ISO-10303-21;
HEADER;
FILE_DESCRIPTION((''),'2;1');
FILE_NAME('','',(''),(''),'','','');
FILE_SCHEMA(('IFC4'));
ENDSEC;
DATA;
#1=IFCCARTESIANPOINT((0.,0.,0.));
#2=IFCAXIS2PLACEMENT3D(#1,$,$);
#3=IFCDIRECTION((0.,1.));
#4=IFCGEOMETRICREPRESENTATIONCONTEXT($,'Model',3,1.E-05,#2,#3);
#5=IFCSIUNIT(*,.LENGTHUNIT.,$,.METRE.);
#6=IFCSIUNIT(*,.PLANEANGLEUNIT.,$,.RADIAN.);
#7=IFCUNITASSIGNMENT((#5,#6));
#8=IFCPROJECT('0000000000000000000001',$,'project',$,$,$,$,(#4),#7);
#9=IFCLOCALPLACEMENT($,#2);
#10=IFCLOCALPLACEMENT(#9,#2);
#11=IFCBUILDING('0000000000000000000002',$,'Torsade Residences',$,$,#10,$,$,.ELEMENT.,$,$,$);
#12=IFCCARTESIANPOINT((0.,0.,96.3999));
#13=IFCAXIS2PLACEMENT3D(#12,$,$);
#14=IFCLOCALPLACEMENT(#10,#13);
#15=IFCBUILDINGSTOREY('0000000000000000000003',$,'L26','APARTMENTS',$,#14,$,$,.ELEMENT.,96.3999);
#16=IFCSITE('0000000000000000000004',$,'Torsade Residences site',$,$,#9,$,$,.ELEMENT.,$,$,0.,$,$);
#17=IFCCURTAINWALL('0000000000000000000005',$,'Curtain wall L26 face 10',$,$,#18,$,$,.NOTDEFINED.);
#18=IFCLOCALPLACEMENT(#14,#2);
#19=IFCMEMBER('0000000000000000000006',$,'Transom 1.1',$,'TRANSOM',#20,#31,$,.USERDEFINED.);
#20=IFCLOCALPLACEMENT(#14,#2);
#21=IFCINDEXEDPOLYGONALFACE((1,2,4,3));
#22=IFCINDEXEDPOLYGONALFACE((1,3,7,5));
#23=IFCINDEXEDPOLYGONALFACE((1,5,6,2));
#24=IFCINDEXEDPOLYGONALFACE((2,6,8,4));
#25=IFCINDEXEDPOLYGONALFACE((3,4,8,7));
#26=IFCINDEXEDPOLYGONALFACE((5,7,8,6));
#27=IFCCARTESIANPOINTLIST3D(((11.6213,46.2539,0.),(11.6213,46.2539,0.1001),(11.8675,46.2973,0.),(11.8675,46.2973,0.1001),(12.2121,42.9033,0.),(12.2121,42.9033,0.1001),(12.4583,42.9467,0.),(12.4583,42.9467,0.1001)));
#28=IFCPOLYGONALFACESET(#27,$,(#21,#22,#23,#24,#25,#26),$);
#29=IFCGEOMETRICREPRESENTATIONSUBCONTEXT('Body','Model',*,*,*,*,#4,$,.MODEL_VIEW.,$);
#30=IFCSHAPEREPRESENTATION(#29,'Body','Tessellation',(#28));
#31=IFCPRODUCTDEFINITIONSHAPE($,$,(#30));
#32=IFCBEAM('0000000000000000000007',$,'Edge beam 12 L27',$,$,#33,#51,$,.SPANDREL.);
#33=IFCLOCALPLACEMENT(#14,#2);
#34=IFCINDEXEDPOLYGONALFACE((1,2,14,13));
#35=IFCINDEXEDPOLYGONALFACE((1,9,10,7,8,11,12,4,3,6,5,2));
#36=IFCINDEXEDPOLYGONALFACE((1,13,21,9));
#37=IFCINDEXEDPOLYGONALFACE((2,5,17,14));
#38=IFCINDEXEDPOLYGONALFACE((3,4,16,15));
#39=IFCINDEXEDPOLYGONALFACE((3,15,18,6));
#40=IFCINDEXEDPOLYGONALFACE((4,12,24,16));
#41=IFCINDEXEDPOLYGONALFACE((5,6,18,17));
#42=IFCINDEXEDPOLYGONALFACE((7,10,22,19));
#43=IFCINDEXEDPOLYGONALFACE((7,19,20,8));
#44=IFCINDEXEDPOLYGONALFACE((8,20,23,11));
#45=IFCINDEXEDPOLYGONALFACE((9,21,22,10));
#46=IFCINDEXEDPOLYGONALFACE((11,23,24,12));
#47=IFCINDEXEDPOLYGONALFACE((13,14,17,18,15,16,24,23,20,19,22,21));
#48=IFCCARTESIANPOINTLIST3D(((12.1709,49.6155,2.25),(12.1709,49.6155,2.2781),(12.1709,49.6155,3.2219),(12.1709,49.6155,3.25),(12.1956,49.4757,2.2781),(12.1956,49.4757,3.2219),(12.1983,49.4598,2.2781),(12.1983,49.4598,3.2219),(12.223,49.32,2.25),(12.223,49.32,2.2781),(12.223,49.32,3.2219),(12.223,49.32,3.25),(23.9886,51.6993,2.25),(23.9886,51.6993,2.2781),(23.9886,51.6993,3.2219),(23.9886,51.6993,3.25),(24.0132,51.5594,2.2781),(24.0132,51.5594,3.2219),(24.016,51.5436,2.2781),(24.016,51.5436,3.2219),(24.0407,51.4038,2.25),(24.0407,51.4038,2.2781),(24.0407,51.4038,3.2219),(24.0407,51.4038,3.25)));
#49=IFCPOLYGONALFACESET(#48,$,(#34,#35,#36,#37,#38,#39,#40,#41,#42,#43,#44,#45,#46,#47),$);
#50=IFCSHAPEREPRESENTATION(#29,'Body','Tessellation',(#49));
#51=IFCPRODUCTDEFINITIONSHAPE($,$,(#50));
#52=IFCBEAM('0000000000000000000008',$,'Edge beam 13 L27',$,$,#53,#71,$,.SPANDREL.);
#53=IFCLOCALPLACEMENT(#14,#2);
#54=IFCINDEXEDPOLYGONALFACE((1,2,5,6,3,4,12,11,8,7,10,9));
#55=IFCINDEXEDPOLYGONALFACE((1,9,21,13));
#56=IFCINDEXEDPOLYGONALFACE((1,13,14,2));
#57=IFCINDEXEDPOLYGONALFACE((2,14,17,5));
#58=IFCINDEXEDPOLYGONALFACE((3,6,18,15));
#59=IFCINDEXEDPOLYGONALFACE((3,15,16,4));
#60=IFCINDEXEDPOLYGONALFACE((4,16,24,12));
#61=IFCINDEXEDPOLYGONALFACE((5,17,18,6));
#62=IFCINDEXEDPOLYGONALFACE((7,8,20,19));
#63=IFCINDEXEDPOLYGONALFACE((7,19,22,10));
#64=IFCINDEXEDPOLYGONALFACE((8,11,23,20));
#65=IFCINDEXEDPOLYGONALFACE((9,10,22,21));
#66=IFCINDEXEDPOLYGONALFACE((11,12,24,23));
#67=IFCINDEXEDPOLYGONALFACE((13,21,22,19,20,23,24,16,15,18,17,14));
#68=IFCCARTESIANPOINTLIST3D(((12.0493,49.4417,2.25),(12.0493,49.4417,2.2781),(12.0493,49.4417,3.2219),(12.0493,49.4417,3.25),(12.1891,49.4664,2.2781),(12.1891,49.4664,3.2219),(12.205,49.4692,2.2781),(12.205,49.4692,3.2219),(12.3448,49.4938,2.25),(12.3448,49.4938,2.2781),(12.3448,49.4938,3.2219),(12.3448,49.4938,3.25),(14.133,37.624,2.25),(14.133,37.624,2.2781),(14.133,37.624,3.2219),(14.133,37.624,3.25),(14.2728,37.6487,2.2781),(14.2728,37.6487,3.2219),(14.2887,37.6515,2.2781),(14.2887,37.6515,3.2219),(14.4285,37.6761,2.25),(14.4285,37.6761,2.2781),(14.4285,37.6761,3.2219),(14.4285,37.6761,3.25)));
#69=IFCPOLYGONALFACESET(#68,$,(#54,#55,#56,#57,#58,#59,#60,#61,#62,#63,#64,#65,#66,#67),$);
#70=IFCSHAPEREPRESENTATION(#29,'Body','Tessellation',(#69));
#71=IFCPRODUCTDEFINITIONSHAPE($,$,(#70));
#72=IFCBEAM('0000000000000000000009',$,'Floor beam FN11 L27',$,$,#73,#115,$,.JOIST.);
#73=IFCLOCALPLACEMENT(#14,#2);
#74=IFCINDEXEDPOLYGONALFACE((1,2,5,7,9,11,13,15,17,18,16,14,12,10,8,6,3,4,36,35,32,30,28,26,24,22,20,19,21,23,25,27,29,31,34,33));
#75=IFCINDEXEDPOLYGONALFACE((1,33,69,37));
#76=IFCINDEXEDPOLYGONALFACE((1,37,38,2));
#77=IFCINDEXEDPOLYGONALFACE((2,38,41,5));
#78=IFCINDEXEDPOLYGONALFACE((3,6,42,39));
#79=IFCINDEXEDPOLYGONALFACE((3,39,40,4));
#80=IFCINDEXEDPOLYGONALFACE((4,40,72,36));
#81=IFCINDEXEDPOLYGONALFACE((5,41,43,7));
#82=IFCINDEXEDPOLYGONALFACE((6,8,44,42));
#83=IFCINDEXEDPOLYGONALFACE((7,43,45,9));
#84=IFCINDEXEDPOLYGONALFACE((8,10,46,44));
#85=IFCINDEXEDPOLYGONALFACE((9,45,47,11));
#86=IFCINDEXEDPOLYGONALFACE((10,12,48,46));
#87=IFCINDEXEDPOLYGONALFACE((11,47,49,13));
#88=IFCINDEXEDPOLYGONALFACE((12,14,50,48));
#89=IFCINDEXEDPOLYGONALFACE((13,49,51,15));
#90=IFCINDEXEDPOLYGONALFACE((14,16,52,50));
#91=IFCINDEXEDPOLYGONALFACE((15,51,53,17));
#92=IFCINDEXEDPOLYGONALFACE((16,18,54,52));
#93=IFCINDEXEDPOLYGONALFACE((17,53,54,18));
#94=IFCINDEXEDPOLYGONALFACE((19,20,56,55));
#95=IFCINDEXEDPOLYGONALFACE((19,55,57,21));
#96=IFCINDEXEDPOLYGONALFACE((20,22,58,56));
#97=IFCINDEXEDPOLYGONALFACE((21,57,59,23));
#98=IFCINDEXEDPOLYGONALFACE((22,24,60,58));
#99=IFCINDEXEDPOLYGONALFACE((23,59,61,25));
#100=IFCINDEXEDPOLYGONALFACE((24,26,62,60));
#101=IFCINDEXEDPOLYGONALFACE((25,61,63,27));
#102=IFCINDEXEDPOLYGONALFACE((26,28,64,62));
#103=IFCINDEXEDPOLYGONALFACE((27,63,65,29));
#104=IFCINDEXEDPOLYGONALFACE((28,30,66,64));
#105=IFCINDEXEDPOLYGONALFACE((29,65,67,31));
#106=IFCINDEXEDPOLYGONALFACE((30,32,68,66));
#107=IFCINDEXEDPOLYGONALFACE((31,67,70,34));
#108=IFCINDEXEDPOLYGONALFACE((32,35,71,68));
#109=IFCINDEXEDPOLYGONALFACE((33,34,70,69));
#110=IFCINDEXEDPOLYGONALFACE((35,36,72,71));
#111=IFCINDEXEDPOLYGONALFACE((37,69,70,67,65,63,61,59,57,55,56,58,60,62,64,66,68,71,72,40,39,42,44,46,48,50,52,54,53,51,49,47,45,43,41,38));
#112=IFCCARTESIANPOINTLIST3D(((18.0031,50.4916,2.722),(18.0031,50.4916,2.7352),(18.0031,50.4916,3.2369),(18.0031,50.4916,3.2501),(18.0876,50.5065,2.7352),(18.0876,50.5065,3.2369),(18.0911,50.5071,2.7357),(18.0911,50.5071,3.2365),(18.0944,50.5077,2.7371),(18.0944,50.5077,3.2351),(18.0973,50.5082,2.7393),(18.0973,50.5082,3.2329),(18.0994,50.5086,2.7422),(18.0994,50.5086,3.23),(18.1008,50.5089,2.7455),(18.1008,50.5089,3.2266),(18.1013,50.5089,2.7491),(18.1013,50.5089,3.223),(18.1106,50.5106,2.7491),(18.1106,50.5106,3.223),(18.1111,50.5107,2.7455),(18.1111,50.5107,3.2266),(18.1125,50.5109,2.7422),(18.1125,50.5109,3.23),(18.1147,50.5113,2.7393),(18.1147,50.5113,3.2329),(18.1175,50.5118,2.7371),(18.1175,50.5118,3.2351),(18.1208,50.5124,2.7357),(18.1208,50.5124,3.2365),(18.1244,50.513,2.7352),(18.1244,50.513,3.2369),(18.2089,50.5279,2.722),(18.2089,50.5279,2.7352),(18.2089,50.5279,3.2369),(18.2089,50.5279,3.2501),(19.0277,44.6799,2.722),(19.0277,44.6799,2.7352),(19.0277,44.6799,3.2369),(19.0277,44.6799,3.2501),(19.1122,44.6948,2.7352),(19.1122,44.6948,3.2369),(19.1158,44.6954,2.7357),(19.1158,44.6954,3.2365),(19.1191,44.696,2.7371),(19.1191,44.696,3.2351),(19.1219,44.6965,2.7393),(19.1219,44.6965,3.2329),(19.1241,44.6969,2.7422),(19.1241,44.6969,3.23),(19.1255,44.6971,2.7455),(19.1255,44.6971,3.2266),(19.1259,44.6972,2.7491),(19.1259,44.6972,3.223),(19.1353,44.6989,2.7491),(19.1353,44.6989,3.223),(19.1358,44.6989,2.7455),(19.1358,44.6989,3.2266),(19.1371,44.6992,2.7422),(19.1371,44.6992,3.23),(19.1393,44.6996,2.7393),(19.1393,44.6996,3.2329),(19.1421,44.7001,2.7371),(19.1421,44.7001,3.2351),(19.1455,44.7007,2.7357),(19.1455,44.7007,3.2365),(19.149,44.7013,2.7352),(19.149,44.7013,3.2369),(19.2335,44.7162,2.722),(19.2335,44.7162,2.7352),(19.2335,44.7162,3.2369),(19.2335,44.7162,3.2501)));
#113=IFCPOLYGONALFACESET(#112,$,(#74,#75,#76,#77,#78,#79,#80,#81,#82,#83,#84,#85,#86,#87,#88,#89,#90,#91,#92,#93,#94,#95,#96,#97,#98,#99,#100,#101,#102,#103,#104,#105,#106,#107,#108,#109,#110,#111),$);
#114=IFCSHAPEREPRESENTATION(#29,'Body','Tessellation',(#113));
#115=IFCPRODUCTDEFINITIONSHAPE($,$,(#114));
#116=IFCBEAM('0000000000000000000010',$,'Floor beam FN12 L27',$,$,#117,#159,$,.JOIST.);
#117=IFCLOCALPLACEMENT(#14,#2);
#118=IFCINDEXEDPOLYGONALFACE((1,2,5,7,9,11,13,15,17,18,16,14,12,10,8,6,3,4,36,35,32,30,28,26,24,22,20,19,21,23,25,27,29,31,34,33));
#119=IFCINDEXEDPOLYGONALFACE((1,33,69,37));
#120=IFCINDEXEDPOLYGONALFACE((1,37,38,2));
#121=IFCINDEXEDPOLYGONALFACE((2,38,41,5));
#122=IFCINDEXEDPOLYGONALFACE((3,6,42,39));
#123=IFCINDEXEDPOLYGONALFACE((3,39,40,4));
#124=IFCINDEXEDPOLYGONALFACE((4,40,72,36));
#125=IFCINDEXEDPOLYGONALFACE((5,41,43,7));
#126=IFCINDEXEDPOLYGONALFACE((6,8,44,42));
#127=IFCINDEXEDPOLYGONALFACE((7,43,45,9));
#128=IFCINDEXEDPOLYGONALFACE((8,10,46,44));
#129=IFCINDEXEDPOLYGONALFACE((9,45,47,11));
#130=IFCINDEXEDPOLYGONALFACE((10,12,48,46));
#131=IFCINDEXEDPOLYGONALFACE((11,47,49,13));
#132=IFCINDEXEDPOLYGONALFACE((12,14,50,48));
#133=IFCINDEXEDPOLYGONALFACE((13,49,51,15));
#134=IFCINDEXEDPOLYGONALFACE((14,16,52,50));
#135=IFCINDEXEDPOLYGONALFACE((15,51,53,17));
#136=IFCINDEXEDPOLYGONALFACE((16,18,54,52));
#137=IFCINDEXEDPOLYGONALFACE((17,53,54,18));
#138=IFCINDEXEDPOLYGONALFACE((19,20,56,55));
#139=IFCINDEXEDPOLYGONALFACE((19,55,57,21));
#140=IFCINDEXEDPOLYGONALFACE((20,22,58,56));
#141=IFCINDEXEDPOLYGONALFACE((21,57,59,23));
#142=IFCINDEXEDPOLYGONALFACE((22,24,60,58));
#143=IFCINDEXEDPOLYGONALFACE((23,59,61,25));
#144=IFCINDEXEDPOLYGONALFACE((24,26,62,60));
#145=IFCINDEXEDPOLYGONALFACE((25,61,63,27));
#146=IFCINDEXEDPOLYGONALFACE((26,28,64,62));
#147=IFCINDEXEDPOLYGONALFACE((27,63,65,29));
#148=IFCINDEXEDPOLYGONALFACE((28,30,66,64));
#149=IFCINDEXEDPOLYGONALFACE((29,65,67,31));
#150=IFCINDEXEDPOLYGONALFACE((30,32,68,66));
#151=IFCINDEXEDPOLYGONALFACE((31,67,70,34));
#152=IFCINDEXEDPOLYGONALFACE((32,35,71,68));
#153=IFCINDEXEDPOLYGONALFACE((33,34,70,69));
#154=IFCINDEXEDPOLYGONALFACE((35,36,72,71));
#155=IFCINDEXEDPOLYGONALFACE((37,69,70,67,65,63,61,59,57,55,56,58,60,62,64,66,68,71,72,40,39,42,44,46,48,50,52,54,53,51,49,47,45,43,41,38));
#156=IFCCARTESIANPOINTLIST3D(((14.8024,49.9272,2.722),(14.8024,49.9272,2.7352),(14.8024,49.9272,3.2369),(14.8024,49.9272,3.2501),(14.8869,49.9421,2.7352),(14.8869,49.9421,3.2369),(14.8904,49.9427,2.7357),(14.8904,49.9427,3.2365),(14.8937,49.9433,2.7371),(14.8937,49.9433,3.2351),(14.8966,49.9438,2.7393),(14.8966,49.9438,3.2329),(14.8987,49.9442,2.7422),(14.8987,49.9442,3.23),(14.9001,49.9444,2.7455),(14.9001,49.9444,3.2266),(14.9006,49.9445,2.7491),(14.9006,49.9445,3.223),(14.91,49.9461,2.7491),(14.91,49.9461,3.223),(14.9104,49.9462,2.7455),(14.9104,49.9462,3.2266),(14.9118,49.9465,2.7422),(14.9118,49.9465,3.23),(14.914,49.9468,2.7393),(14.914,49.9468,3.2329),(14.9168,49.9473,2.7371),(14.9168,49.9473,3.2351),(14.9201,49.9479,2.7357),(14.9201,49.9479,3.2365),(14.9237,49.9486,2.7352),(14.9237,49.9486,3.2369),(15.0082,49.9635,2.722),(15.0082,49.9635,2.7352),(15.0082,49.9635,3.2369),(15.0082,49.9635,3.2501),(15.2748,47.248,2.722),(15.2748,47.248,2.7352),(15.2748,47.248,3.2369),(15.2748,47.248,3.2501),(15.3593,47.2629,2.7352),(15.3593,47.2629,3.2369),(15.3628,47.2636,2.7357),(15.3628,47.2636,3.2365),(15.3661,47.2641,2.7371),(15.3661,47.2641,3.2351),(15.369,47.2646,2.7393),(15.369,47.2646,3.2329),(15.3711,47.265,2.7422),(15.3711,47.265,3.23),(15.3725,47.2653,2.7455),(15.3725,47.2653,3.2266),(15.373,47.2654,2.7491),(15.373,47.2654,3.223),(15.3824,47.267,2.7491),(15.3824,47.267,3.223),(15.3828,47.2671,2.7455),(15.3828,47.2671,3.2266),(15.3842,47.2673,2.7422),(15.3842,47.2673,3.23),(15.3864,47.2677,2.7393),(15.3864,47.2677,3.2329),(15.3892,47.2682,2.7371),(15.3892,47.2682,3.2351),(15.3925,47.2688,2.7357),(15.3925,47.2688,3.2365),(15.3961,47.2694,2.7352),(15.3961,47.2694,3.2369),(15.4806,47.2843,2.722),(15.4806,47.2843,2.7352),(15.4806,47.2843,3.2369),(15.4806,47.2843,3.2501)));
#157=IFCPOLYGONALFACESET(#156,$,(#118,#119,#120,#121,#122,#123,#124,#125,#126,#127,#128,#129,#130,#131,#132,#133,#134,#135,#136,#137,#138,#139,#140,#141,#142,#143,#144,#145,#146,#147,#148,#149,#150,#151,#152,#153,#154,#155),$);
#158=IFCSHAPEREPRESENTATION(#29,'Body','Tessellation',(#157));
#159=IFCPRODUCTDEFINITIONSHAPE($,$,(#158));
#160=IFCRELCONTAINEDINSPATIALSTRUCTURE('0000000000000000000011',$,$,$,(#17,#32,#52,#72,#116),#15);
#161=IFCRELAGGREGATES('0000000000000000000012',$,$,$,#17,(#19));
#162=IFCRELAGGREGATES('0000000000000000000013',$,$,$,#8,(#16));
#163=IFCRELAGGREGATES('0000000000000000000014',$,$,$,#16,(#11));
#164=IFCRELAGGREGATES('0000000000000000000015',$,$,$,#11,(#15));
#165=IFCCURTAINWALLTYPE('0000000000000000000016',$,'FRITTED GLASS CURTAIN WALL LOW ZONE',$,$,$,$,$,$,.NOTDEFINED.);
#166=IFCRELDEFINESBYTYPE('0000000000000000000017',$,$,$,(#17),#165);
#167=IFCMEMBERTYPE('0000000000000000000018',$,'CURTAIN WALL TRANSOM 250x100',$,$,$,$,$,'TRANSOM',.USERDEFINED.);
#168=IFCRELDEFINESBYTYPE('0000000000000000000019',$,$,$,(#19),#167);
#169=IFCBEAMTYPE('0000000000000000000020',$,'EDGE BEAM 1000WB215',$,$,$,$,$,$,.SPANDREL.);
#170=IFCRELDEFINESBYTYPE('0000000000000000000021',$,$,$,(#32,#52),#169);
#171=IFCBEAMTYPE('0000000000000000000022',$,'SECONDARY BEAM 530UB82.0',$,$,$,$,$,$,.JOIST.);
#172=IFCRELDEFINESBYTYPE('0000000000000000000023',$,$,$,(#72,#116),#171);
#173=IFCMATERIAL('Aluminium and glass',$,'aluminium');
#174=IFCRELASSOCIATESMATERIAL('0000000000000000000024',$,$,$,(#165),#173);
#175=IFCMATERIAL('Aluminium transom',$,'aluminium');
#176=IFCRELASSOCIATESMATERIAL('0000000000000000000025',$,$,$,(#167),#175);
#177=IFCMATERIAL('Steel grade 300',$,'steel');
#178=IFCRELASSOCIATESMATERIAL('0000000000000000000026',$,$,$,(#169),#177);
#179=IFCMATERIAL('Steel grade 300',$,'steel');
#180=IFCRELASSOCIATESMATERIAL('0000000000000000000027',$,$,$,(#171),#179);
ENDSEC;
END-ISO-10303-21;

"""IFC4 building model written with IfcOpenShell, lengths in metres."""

from ifc_helpers import new_model, si_unit, direction, frame, origin, origin_2d, place, context, subcontext, project, spatial, rectangle, i_section, extrude, material, material_profile, profile_set, type_object, element, aggregate, save


model = new_model("IFC4")

# Units and contexts
model_context = context("Model", 3, precision=1e-05, world=origin(), true_north=direction((0.0, 1.0)))
body_context = subcontext(model_context, "Body", "Model", "MODEL_VIEW")
ifc_project = project(units=[si_unit("LENGTHUNIT", "METRE"), si_unit("PLANEANGLEUNIT", "RADIAN")], contexts=[model_context])

# Site, building, storey
site_placement = place(None, origin())
site = spatial("IfcSite", under=ifc_project, at=site_placement, Name="Torsade Residences site", CompositionType="ELEMENT", RefElevation=0.0)
building_placement = place(site_placement, origin())
building = spatial("IfcBuilding", under=site, at=building_placement, Name="Torsade Residences", CompositionType="ELEMENT")
storey_placement = place(building_placement, frame((0.0, 0.0, 96.3999)))
storey = spatial("IfcBuildingStorey", under=building, at=storey_placement, Name="L26", Description="APARTMENTS", CompositionType="ELEMENT", Elevation=96.3999)

# Shared definitions
ifc_material_1 = material(Name="Aluminium and glass", Category="aluminium")
curtain_wall_type = type_object("IfcCurtainWallType", Name="FRITTED GLASS CURTAIN WALL LOW ZONE", PredefinedType="NOTDEFINED", material=ifc_material_1)

# Curtain wall
curtain_wall_1_placement = place(storey_placement, origin())
curtain_wall_1 = element("IfcCurtainWall", 1, at=curtain_wall_1_placement, inside=storey, type_object=curtain_wall_type, Name="Curtain wall L26 face 10", PredefinedType="NOTDEFINED")

# Member
ifc_material_2 = material(Name="Aluminium transom", Category="aluminium")
ifc_material_profile_1 = material_profile(ifc_material_2, rectangle(XDim=0.25, YDim=0.1001, at=origin_2d()), Name="CURTAIN WALL TRANSOM 250x100")
ifc_profile_set_1 = profile_set([ifc_material_profile_1], Name="Aluminium transom")
member_type_1 = type_object("IfcMemberType", Name="CURTAIN WALL TRANSOM 250x100", ElementType="TRANSOM", PredefinedType="USERDEFINED", material=ifc_profile_set_1)
member_1_placement = place(storey_placement, frame((11.7444, 46.2756, 0.05), z_axis=(0.173654, -0.984807, 0.0), x_axis=(0.984807, 0.173654, 0.0)))
member_1 = element("IfcMember", 2, at=member_1_placement, type_object=member_type_1, Name="Transom 1.1", ObjectType="TRANSOM", PredefinedType="USERDEFINED", context=body_context, shape_type="SweptSolid", body=[
    extrude(rectangle(XDim=0.25, YDim=0.1001, at=origin_2d()), origin(), (0.0, 0.0, 1.0), 3.4023),
])

# Beams
ifc_material_3 = material(Name="Steel grade 300", Category="steel")
ifc_material_profile_2 = material_profile(ifc_material_3, i_section(OverallWidth=0.3, OverallDepth=1.0, WebThickness=0.0161, FlangeThickness=0.0281, at=origin_2d()), Name="1000WB215")
ifc_profile_set_2 = profile_set([ifc_material_profile_2], Name="Steel grade 300")
beam_type_1 = type_object("IfcBeamType", Name="EDGE BEAM 1000WB215", PredefinedType="SPANDREL", material=ifc_profile_set_2)
for number, where, z_axis, x_axis, name in (
    (3, (24.0146, 51.5515, 2.75), (-0.984808, -0.173646, 0.0), (0.173646, -0.984808, 0.0), "Edge beam 12 L27"),
    (4, (12.197, 49.4678, 2.75), (0.173646, -0.984808, 0.0), (0.984808, 0.173646, 0.0), "Edge beam 13 L27"),
):
    element("IfcBeam", number, at=place(storey_placement, frame(where, z_axis=z_axis, x_axis=x_axis)), inside=storey, type_object=beam_type_1, Name=name, PredefinedType="SPANDREL", context=body_context, shape_type="SweptSolid", body=[
        extrude(i_section(OverallWidth=0.3, OverallDepth=1.0, WebThickness=0.0161, FlangeThickness=0.0281, at=origin_2d()), origin(), (0.0, 0.0, 1.0), 12.0),
    ])
ifc_material_4 = material(Name="Steel grade 300", Category="steel")
ifc_material_profile_3 = material_profile(ifc_material_4, i_section(OverallWidth=0.209, OverallDepth=0.5281, WebThickness=0.0095, FlangeThickness=0.0132, FilletRadius=0.0139, at=origin_2d()), Name="530UB82.0")
ifc_profile_set_3 = profile_set([ifc_material_profile_3], Name="Steel grade 300")
beam_type_2 = type_object("IfcBeamType", Name="SECONDARY BEAM 530UB82.0", PredefinedType="JOIST", material=ifc_profile_set_3)
beam_1_placement = place(storey_placement, frame((18.106, 50.5098, 2.9861), z_axis=(0.17363, -0.984811, 0.0), x_axis=(0.984811, 0.17363, 0.0)))
element("IfcBeam", 5, at=beam_1_placement, inside=storey, type_object=beam_type_2, Name="Floor beam FN11 L27", PredefinedType="JOIST", context=body_context, shape_type="SweptSolid", body=[
    extrude(i_section(OverallWidth=0.209, OverallDepth=0.5281, WebThickness=0.0095, FlangeThickness=0.0132, FilletRadius=0.0139, at=origin_2d()), origin(), (0.0, 0.0, 1.0), 5.9014),
])
beam_2_placement = place(storey_placement, frame((14.9053, 49.9453, 2.9861), z_axis=(0.173647, -0.984808, 0.0), x_axis=(0.984808, 0.173647, 0.0)))
element("IfcBeam", 6, at=beam_2_placement, inside=storey, type_object=beam_type_2, Name="Floor beam FN12 L27", PredefinedType="JOIST", context=body_context, shape_type="SweptSolid", body=[
    extrude(i_section(OverallWidth=0.209, OverallDepth=0.5281, WebThickness=0.0095, FlangeThickness=0.0132, FilletRadius=0.0139, at=origin_2d()), origin(), (0.0, 0.0, 1.0), 2.7205),
])

aggregate(curtain_wall_1, [member_1])

save(model, "model.ifc")
